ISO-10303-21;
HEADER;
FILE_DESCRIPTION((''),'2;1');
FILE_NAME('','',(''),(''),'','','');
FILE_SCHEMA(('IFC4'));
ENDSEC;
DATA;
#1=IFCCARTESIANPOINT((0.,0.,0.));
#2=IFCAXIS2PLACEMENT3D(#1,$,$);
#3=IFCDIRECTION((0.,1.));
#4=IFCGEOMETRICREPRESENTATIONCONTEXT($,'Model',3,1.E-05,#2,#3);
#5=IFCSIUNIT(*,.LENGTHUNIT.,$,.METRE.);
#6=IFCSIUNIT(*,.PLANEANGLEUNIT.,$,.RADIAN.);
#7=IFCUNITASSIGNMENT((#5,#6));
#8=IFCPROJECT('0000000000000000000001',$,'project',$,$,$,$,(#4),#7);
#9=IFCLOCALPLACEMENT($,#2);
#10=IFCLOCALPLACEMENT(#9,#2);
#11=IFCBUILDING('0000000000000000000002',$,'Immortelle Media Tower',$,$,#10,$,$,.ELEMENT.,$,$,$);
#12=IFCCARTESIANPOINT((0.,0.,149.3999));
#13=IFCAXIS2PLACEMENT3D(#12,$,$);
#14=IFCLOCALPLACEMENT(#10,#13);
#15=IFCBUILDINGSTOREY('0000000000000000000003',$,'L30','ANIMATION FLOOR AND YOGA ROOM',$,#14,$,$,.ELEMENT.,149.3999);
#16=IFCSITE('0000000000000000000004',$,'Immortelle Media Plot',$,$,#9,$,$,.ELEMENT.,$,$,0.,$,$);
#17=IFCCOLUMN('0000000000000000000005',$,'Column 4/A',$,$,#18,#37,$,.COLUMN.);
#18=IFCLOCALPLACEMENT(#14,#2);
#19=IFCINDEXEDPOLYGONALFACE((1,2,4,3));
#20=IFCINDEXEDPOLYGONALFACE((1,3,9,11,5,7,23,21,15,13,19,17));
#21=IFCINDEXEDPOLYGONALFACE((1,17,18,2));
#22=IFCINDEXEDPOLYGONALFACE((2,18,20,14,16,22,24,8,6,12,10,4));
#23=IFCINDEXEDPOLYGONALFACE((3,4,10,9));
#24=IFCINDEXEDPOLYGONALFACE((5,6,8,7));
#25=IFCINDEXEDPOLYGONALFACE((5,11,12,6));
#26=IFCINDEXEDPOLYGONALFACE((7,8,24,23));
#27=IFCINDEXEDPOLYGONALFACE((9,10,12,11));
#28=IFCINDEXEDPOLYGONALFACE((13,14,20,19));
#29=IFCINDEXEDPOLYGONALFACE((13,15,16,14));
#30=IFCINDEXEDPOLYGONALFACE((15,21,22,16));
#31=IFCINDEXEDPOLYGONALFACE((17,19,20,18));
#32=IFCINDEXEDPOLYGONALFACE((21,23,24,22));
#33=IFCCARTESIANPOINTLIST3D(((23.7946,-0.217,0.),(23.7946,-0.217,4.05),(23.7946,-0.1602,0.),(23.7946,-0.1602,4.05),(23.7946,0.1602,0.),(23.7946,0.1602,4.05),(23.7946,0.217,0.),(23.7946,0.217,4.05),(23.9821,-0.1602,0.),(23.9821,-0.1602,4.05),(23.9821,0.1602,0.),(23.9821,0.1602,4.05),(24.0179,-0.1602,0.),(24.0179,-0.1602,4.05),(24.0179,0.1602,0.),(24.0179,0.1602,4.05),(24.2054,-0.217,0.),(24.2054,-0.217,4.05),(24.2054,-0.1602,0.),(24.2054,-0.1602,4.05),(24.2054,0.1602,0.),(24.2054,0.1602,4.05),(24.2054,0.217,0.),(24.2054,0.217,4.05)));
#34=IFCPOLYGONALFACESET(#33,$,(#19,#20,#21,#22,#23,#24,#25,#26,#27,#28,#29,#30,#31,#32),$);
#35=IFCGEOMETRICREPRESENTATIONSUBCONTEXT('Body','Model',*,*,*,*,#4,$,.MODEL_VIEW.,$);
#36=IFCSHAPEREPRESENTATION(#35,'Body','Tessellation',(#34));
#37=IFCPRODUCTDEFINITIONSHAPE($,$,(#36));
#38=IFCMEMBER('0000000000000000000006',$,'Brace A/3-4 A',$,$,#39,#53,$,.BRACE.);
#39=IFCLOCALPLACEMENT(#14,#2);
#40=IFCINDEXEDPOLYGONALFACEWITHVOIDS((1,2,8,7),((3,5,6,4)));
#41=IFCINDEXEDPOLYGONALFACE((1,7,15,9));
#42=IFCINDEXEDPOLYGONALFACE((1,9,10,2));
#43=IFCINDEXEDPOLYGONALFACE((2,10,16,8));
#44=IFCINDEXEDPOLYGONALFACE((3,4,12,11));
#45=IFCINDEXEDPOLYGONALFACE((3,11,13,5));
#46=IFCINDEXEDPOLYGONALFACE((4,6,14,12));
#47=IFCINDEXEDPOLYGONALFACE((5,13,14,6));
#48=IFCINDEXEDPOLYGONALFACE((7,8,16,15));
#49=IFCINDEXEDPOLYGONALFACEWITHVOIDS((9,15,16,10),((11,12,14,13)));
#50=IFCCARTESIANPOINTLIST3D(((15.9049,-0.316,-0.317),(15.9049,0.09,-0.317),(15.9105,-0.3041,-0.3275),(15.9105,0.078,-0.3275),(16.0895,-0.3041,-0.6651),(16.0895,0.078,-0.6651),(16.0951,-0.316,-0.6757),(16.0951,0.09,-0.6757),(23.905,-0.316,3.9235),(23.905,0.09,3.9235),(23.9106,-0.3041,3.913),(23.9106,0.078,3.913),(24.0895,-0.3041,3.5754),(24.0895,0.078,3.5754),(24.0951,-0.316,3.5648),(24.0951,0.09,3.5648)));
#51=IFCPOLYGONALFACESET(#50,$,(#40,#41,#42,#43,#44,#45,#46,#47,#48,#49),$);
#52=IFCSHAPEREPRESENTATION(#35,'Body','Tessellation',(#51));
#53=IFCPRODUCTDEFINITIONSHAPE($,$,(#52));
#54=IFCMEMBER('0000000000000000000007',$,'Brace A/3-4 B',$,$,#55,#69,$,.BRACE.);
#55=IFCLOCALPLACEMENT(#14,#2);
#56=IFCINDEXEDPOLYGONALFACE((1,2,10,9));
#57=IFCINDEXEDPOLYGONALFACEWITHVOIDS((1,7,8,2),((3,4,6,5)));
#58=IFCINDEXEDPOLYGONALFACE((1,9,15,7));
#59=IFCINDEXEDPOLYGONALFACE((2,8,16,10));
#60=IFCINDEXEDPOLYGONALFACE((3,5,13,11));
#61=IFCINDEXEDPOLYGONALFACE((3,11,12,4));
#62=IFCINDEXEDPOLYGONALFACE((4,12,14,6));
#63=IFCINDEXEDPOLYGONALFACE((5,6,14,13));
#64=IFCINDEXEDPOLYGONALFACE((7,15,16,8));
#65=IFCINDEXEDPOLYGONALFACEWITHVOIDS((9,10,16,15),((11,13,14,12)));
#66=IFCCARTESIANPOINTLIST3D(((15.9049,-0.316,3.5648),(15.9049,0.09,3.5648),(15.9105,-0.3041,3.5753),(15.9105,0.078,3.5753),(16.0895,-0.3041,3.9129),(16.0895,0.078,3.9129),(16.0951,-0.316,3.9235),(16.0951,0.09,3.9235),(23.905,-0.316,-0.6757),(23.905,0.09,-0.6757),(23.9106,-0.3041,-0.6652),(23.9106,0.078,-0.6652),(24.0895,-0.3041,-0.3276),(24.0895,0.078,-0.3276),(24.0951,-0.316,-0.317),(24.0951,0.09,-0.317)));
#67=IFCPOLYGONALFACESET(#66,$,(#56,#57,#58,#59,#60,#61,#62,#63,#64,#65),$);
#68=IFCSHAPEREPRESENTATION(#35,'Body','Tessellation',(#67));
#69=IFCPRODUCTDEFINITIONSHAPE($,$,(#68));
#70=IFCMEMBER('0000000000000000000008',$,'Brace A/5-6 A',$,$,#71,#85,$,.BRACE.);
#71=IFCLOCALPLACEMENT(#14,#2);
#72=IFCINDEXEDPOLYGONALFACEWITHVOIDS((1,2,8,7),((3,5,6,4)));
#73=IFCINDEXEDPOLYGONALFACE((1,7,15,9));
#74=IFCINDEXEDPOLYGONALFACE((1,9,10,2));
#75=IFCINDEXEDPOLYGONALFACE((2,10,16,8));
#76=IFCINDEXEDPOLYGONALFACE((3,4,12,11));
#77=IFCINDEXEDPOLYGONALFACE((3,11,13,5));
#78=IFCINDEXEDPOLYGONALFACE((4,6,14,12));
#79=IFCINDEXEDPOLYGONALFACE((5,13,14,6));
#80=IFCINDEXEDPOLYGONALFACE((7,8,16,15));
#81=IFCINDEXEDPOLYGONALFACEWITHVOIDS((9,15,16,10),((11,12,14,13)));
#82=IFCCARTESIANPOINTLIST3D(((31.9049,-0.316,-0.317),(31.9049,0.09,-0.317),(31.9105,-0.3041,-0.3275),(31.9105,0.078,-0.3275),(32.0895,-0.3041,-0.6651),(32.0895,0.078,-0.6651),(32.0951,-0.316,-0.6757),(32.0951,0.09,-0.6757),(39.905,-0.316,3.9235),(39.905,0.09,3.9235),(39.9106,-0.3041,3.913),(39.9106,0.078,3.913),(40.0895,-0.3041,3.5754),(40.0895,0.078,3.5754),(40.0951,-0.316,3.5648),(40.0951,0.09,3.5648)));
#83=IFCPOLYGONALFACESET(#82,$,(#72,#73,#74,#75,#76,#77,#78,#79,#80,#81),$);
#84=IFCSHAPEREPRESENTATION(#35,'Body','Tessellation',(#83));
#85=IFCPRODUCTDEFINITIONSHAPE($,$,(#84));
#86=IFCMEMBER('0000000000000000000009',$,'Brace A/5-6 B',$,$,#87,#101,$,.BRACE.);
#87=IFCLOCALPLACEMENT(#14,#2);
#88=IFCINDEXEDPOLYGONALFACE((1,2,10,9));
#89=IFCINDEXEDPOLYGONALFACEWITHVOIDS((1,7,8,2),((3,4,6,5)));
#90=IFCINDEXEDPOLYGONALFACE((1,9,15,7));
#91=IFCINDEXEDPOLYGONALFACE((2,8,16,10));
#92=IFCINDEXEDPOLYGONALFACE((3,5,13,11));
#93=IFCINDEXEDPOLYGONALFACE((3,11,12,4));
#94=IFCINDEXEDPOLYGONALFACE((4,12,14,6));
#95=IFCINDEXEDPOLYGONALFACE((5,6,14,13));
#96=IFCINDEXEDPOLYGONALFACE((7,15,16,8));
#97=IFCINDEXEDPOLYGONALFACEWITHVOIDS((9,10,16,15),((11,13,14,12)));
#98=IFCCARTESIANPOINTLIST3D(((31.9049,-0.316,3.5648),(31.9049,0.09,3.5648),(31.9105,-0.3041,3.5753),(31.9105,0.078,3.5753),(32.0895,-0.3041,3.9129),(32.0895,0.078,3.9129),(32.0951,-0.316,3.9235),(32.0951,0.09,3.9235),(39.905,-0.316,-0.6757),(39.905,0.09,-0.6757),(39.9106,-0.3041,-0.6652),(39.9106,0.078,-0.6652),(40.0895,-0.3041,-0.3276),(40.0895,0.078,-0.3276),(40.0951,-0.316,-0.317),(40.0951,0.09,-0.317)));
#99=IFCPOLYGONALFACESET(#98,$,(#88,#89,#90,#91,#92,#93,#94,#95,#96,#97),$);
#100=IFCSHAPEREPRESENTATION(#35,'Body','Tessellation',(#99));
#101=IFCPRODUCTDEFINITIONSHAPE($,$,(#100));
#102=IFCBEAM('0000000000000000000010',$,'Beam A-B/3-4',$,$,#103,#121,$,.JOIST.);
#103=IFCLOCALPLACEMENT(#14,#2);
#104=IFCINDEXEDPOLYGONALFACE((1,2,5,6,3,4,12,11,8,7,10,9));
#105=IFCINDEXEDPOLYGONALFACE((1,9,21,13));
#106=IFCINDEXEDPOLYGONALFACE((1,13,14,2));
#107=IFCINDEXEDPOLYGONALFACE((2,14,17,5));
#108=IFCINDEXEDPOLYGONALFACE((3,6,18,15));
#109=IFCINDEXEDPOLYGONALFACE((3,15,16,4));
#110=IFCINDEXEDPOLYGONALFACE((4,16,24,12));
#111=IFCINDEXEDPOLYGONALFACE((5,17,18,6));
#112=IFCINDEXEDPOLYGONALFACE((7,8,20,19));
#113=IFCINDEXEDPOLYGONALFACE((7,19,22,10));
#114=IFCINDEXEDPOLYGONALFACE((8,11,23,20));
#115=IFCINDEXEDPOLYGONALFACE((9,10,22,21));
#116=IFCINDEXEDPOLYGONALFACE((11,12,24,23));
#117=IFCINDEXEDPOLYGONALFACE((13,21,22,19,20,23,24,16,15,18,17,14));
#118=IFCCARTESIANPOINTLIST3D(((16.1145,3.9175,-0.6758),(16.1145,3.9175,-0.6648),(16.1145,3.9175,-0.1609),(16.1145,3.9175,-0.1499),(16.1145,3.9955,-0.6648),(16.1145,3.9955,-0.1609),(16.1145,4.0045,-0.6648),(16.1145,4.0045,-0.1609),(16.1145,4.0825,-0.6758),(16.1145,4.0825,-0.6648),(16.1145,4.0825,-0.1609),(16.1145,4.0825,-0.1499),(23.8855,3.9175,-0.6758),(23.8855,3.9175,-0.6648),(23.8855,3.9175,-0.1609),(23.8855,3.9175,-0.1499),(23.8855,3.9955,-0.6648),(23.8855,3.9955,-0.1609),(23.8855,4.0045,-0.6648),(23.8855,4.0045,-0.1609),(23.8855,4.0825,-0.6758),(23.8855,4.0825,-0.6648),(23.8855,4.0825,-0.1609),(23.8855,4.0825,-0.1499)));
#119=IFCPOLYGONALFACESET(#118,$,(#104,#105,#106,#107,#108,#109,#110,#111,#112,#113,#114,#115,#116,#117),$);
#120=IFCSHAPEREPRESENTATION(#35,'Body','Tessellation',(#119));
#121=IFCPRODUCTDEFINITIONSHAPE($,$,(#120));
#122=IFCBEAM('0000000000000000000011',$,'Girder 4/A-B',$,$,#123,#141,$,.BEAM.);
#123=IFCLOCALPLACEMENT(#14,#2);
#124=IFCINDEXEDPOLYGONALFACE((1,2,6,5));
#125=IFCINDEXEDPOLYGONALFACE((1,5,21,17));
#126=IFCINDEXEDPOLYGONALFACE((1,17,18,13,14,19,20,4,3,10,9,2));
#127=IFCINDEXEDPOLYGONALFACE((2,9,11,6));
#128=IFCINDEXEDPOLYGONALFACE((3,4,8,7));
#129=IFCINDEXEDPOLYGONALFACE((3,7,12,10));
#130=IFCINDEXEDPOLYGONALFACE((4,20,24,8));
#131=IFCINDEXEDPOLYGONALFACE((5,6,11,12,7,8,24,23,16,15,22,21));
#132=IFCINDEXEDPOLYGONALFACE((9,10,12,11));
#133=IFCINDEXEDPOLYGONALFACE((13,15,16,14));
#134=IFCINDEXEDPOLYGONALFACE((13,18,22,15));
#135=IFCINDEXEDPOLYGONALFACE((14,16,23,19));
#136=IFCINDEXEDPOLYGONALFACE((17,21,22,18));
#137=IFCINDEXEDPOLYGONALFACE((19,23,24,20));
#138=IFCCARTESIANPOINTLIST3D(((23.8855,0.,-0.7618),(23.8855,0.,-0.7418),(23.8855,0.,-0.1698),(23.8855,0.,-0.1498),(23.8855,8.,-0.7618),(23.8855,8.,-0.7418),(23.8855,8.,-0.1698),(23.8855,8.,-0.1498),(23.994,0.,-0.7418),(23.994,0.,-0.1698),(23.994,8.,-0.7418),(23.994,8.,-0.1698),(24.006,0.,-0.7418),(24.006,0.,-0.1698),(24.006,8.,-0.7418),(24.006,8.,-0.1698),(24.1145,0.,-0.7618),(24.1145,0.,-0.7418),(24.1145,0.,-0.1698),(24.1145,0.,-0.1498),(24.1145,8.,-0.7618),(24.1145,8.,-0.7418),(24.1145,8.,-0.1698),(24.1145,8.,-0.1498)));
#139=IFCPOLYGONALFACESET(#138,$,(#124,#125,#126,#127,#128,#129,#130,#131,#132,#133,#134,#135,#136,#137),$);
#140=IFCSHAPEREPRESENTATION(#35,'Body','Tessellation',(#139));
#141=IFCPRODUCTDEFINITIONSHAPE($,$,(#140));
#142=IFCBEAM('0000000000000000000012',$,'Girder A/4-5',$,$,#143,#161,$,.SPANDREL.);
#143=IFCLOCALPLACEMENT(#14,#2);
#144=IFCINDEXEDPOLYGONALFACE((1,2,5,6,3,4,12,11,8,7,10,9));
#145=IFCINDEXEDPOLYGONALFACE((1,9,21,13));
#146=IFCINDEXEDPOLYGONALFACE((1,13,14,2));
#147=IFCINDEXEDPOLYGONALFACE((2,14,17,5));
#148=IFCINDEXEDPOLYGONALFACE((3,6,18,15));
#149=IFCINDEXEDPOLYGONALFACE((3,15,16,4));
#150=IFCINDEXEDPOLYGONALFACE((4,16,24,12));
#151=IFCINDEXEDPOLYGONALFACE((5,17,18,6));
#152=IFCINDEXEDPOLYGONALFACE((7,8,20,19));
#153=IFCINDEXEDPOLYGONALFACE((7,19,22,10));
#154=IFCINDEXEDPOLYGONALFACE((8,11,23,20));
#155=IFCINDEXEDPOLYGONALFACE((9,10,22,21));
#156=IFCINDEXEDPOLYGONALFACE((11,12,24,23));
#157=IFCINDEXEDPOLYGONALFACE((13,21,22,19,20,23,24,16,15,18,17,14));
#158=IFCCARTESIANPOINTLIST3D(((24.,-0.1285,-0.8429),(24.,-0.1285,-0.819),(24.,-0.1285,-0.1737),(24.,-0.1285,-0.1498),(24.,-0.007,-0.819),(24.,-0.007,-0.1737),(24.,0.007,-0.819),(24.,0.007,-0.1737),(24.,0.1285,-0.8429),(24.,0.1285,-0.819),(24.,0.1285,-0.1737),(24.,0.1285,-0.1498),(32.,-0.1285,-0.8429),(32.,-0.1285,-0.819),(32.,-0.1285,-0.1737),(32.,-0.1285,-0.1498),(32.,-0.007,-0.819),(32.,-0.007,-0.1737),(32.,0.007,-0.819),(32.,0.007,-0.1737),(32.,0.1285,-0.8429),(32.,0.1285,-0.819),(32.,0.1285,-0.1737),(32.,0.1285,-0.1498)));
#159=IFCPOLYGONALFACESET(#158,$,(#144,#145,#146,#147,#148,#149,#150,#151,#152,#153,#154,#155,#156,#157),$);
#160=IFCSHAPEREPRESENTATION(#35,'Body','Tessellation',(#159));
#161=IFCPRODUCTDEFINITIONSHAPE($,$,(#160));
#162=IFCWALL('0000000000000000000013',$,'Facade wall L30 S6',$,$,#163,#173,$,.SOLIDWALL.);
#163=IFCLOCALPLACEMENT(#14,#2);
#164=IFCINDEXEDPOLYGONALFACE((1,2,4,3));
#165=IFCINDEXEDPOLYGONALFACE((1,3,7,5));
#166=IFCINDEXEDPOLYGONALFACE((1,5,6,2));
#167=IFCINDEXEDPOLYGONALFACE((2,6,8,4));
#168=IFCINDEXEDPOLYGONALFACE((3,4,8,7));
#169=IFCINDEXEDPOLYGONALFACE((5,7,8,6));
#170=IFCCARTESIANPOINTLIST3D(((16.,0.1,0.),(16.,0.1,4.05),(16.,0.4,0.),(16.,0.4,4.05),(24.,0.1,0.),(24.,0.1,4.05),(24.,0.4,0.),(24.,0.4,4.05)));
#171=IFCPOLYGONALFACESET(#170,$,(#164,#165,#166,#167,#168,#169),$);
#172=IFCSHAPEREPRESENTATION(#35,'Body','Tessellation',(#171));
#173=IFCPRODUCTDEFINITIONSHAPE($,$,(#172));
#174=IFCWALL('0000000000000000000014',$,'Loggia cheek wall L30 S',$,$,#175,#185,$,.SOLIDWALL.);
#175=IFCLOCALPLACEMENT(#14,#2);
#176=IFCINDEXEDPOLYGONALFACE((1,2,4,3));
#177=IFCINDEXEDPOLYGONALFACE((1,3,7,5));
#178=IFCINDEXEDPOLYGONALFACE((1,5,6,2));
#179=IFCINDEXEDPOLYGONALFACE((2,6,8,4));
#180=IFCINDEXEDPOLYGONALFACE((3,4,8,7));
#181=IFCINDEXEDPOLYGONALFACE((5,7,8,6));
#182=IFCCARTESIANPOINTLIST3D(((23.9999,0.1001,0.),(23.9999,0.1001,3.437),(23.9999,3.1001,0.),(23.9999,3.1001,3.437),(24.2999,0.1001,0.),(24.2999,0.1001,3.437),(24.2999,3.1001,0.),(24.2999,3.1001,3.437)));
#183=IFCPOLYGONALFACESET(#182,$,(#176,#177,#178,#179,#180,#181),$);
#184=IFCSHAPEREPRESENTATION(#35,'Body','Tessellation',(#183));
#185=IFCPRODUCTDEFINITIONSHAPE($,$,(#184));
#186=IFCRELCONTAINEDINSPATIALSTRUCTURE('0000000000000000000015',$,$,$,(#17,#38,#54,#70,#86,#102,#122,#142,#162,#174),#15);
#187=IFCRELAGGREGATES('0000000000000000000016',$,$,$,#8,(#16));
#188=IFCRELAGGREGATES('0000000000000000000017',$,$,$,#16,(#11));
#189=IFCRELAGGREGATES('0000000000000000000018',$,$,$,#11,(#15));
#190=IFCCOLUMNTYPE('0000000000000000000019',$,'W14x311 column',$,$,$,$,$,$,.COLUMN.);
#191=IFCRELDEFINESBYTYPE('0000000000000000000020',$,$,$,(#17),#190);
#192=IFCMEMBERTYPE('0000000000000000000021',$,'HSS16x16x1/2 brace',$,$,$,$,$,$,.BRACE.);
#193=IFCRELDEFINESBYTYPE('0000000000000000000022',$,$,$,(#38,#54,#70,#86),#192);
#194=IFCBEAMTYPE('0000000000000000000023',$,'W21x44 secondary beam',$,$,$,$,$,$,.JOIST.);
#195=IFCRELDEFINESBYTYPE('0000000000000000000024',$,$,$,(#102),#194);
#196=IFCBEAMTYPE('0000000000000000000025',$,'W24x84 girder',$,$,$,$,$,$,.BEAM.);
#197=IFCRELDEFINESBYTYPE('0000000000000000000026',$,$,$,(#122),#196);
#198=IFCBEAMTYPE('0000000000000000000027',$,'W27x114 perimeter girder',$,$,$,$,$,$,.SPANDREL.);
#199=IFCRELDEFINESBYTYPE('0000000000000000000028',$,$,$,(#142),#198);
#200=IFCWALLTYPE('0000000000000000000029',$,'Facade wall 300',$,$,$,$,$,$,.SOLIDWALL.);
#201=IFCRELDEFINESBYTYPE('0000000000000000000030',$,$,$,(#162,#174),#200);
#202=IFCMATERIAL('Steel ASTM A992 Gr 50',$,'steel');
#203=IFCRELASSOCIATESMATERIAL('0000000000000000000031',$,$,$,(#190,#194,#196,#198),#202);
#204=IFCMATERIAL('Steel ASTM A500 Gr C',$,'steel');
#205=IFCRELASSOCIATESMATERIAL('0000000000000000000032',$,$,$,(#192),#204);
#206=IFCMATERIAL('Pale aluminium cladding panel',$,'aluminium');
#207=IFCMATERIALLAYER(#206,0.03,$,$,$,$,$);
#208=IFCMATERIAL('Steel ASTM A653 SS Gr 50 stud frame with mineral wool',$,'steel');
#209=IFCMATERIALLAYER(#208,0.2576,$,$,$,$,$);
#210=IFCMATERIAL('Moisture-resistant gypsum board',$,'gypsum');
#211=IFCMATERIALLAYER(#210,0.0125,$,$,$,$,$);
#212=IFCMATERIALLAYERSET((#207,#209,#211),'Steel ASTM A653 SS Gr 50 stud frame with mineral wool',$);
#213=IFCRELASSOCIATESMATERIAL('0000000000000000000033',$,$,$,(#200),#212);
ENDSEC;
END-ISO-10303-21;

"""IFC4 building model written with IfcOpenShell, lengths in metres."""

from ifc_helpers import new_model, si_unit, direction, frame, frame_2d, origin, origin_2d, place, context, subcontext, project, spatial, rectangle, hollow_rectangle, i_section, extrude, material, layer, layer_set, material_profile, profile_set, type_object, element, save


model = new_model("IFC4")

# Units and contexts
model_context = context("Model", 3, precision=1e-05, world=origin(), true_north=direction((0.0, 1.0)))
body_context = subcontext(model_context, "Body", "Model", "MODEL_VIEW")
ifc_project = project(units=[si_unit("LENGTHUNIT", "METRE"), si_unit("PLANEANGLEUNIT", "RADIAN")], contexts=[model_context])

# Site, building, storey
site_placement = place(None, origin())
site = spatial("IfcSite", under=ifc_project, at=site_placement, Name="Immortelle Media Plot", CompositionType="ELEMENT", RefElevation=0.0)
building_placement = place(site_placement, origin())
building = spatial("IfcBuilding", under=site, at=building_placement, Name="Immortelle Media Tower", CompositionType="ELEMENT")
storey_placement = place(building_placement, frame((0.0, 0.0, 149.3999)))
storey = spatial("IfcBuildingStorey", under=building, at=storey_placement, Name="L30", Description="ANIMATION FLOOR AND YOGA ROOM", CompositionType="ELEMENT", Elevation=149.3999)

# Column
ifc_material_1 = material(Name="Steel ASTM A992 Gr 50", Category="steel")
ifc_material_profile_1 = material_profile(ifc_material_1, i_section(OverallWidth=0.4109, OverallDepth=0.4341, WebThickness=0.0359, FlangeThickness=0.0569, at=origin_2d()), Name="W14x311")
ifc_profile_set_1 = profile_set([ifc_material_profile_1], Name="Steel ASTM A992 Gr 50")
column_type = type_object("IfcColumnType", Name="W14x311 column", PredefinedType="COLUMN", material=ifc_profile_set_1)
column_placement = place(storey_placement, frame((24.0, 0.0, 0.0), z_axis=(0.0, 0.0, 1.0), x_axis=(1.0, 0.0, 0.0)))
element("IfcColumn", 1, at=column_placement, inside=storey, type_object=column_type, Name="Column 4/A", PredefinedType="COLUMN", context=body_context, shape_type="SweptSolid", body=[
    extrude(i_section(OverallWidth=0.4109, OverallDepth=0.4341, WebThickness=0.0359, FlangeThickness=0.0569, at=origin_2d()), origin(), (0.0, 0.0, 1.0), 4.05),
])

# Members
ifc_material_2 = material(Name="Steel ASTM A500 Gr C", Category="steel")
ifc_material_profile_2 = material_profile(ifc_material_2, hollow_rectangle(XDim=0.406, YDim=0.406, WallThickness=0.012, at=origin_2d()), Name="HSS16x16x1/2 brace")
ifc_profile_set_2 = profile_set([ifc_material_profile_2], Name="Steel ASTM A500 Gr C")
member_type = type_object("IfcMemberType", Name="HSS16x16x1/2 brace", PredefinedType="BRACE", material=ifc_profile_set_2)
for number, where, z_axis, x_axis, name in (
    (2, (16.0, -0.113, -0.4963), (0.883551, 0.0, 0.468335), (0.0, 1.0, 0.0), "Brace A/3-4 A"),
    (3, (16.0, -0.113, 3.7441), (0.883551, 0.0, -0.468335), (0.0, 1.0, 0.0), "Brace A/3-4 B"),
    (4, (32.0, -0.113, -0.4963), (0.883551, 0.0, 0.468335), (0.0, 1.0, 0.0), "Brace A/5-6 A"),
    (5, (32.0, -0.113, 3.7441), (0.883551, 0.0, -0.468335), (0.0, 1.0, 0.0), "Brace A/5-6 B"),
):
    element("IfcMember", number, at=place(storey_placement, frame(where, z_axis=z_axis, x_axis=x_axis)), inside=storey, type_object=member_type, Name=name, PredefinedType="BRACE", context=body_context, shape_type="SweptSolid", body=[
        extrude(hollow_rectangle(XDim=0.406, YDim=0.406, WallThickness=0.012, at=origin_2d()), origin(), (0.0, 0.0, 1.0), 9.0544),
    ])

# Beams
ifc_material_profile_3 = material_profile(ifc_material_1, i_section(OverallWidth=0.165, OverallDepth=0.5259, WebThickness=0.009, FlangeThickness=0.011, at=origin_2d()), Name="W21x44")
ifc_profile_set_3 = profile_set([ifc_material_profile_3], Name="Steel ASTM A992 Gr 50")
beam_type_1 = type_object("IfcBeamType", Name="W21x44 secondary beam", PredefinedType="JOIST", material=ifc_profile_set_3)
beam_1_placement = place(storey_placement, frame((16.1145, 4.0, -0.4128), z_axis=(1.0, 0.0, 0.0), x_axis=(0.0, 1.0, 0.0)))
element("IfcBeam", 6, at=beam_1_placement, inside=storey, type_object=beam_type_1, Name="Beam A-B/3-4", PredefinedType="JOIST", context=body_context, shape_type="SweptSolid", body=[
    extrude(i_section(OverallWidth=0.165, OverallDepth=0.5259, WebThickness=0.009, FlangeThickness=0.011, at=origin_2d()), origin(), (0.0, 0.0, 1.0), 7.771),
])
ifc_material_profile_4 = material_profile(ifc_material_1, i_section(OverallWidth=0.229, OverallDepth=0.6121, WebThickness=0.012, FlangeThickness=0.02, at=origin_2d()), Name="W24x84")
ifc_profile_set_4 = profile_set([ifc_material_profile_4], Name="Steel ASTM A992 Gr 50")
beam_type_2 = type_object("IfcBeamType", Name="W24x84 girder", PredefinedType="BEAM", material=ifc_profile_set_4)
beam_2_placement = place(storey_placement, frame((24.0, 0.0, -0.4558), z_axis=(0.0, 1.0, 0.0), x_axis=(-1.0, 0.0, 0.0)))
element("IfcBeam", 7, at=beam_2_placement, inside=storey, type_object=beam_type_2, Name="Girder 4/A-B", PredefinedType="BEAM", context=body_context, shape_type="SweptSolid", body=[
    extrude(i_section(OverallWidth=0.229, OverallDepth=0.6121, WebThickness=0.012, FlangeThickness=0.02, at=origin_2d()), origin(), (0.0, 0.0, 1.0), 8.0),
])
ifc_material_profile_5 = material_profile(ifc_material_1, i_section(OverallWidth=0.2571, OverallDepth=0.6931, WebThickness=0.0139, FlangeThickness=0.0239, at=origin_2d()), Name="W27x114")
ifc_profile_set_5 = profile_set([ifc_material_profile_5], Name="Steel ASTM A992 Gr 50")
beam_type_3 = type_object("IfcBeamType", Name="W27x114 perimeter girder", PredefinedType="SPANDREL", material=ifc_profile_set_5)
beam_3_placement = place(storey_placement, frame((24.0, 0.0, -0.4963), z_axis=(1.0, 0.0, 0.0), x_axis=(0.0, 1.0, 0.0)))
element("IfcBeam", 8, at=beam_3_placement, inside=storey, type_object=beam_type_3, Name="Girder A/4-5", PredefinedType="SPANDREL", context=body_context, shape_type="SweptSolid", body=[
    extrude(i_section(OverallWidth=0.2571, OverallDepth=0.6931, WebThickness=0.0139, FlangeThickness=0.0239, at=origin_2d()), origin(), (0.0, 0.0, 1.0), 8.0),
])

# Wall
ifc_material_3 = material(Name="Pale aluminium cladding panel", Category="aluminium")
ifc_layer_1 = layer(ifc_material_3, 0.03)
ifc_material_4 = material(Name="Steel ASTM A653 SS Gr 50 stud frame with mineral wool", Category="steel")
ifc_layer_2 = layer(ifc_material_4, 0.2576)
ifc_material_5 = material(Name="Moisture-resistant gypsum board", Category="gypsum")
ifc_layer_3 = layer(ifc_material_5, 0.0125)
ifc_layer_set_1 = layer_set([ifc_layer_1, ifc_layer_2, ifc_layer_3], Name="Steel ASTM A653 SS Gr 50 stud frame with mineral wool")
wall_type_1 = type_object("IfcWallType", Name="Facade wall 300", PredefinedType="SOLIDWALL", material=ifc_layer_set_1)
wall_1_placement = place(storey_placement, frame((16.0, 0.25, 0.0), z_axis=(0.0, 0.0, 1.0), x_axis=(1.0, 0.0, 0.0)))
element("IfcWall", 9, at=wall_1_placement, inside=storey, type_object=wall_type_1, Name="Facade wall L30 S6", PredefinedType="SOLIDWALL", context=body_context, shape_type="SweptSolid", body=[
    extrude(rectangle(XDim=8.0, YDim=0.3, at=frame_2d((4.0, 0.0))), origin(), (0.0, 0.0, 1.0), 4.05),
])

# Wall
for number, where, z_axis, x_axis, name in (
    (10, (24.1499, 0.1001, 0.0), (0.0, 0.0, 1.0), (0.0, 1.0, 0.0), "Loggia cheek wall L30 S"),
):
    element("IfcWall", number, at=place(storey_placement, frame(where, z_axis=z_axis, x_axis=x_axis)), inside=storey, type_object=wall_type_1, Name=name, PredefinedType="SOLIDWALL", context=body_context, shape_type="SweptSolid", body=[
        extrude(rectangle(XDim=3.0, YDim=0.3, at=frame_2d((1.5, 0.0))), origin(), (0.0, 0.0, 1.0), 3.437),
    ])

save(model, "model.ifc")
